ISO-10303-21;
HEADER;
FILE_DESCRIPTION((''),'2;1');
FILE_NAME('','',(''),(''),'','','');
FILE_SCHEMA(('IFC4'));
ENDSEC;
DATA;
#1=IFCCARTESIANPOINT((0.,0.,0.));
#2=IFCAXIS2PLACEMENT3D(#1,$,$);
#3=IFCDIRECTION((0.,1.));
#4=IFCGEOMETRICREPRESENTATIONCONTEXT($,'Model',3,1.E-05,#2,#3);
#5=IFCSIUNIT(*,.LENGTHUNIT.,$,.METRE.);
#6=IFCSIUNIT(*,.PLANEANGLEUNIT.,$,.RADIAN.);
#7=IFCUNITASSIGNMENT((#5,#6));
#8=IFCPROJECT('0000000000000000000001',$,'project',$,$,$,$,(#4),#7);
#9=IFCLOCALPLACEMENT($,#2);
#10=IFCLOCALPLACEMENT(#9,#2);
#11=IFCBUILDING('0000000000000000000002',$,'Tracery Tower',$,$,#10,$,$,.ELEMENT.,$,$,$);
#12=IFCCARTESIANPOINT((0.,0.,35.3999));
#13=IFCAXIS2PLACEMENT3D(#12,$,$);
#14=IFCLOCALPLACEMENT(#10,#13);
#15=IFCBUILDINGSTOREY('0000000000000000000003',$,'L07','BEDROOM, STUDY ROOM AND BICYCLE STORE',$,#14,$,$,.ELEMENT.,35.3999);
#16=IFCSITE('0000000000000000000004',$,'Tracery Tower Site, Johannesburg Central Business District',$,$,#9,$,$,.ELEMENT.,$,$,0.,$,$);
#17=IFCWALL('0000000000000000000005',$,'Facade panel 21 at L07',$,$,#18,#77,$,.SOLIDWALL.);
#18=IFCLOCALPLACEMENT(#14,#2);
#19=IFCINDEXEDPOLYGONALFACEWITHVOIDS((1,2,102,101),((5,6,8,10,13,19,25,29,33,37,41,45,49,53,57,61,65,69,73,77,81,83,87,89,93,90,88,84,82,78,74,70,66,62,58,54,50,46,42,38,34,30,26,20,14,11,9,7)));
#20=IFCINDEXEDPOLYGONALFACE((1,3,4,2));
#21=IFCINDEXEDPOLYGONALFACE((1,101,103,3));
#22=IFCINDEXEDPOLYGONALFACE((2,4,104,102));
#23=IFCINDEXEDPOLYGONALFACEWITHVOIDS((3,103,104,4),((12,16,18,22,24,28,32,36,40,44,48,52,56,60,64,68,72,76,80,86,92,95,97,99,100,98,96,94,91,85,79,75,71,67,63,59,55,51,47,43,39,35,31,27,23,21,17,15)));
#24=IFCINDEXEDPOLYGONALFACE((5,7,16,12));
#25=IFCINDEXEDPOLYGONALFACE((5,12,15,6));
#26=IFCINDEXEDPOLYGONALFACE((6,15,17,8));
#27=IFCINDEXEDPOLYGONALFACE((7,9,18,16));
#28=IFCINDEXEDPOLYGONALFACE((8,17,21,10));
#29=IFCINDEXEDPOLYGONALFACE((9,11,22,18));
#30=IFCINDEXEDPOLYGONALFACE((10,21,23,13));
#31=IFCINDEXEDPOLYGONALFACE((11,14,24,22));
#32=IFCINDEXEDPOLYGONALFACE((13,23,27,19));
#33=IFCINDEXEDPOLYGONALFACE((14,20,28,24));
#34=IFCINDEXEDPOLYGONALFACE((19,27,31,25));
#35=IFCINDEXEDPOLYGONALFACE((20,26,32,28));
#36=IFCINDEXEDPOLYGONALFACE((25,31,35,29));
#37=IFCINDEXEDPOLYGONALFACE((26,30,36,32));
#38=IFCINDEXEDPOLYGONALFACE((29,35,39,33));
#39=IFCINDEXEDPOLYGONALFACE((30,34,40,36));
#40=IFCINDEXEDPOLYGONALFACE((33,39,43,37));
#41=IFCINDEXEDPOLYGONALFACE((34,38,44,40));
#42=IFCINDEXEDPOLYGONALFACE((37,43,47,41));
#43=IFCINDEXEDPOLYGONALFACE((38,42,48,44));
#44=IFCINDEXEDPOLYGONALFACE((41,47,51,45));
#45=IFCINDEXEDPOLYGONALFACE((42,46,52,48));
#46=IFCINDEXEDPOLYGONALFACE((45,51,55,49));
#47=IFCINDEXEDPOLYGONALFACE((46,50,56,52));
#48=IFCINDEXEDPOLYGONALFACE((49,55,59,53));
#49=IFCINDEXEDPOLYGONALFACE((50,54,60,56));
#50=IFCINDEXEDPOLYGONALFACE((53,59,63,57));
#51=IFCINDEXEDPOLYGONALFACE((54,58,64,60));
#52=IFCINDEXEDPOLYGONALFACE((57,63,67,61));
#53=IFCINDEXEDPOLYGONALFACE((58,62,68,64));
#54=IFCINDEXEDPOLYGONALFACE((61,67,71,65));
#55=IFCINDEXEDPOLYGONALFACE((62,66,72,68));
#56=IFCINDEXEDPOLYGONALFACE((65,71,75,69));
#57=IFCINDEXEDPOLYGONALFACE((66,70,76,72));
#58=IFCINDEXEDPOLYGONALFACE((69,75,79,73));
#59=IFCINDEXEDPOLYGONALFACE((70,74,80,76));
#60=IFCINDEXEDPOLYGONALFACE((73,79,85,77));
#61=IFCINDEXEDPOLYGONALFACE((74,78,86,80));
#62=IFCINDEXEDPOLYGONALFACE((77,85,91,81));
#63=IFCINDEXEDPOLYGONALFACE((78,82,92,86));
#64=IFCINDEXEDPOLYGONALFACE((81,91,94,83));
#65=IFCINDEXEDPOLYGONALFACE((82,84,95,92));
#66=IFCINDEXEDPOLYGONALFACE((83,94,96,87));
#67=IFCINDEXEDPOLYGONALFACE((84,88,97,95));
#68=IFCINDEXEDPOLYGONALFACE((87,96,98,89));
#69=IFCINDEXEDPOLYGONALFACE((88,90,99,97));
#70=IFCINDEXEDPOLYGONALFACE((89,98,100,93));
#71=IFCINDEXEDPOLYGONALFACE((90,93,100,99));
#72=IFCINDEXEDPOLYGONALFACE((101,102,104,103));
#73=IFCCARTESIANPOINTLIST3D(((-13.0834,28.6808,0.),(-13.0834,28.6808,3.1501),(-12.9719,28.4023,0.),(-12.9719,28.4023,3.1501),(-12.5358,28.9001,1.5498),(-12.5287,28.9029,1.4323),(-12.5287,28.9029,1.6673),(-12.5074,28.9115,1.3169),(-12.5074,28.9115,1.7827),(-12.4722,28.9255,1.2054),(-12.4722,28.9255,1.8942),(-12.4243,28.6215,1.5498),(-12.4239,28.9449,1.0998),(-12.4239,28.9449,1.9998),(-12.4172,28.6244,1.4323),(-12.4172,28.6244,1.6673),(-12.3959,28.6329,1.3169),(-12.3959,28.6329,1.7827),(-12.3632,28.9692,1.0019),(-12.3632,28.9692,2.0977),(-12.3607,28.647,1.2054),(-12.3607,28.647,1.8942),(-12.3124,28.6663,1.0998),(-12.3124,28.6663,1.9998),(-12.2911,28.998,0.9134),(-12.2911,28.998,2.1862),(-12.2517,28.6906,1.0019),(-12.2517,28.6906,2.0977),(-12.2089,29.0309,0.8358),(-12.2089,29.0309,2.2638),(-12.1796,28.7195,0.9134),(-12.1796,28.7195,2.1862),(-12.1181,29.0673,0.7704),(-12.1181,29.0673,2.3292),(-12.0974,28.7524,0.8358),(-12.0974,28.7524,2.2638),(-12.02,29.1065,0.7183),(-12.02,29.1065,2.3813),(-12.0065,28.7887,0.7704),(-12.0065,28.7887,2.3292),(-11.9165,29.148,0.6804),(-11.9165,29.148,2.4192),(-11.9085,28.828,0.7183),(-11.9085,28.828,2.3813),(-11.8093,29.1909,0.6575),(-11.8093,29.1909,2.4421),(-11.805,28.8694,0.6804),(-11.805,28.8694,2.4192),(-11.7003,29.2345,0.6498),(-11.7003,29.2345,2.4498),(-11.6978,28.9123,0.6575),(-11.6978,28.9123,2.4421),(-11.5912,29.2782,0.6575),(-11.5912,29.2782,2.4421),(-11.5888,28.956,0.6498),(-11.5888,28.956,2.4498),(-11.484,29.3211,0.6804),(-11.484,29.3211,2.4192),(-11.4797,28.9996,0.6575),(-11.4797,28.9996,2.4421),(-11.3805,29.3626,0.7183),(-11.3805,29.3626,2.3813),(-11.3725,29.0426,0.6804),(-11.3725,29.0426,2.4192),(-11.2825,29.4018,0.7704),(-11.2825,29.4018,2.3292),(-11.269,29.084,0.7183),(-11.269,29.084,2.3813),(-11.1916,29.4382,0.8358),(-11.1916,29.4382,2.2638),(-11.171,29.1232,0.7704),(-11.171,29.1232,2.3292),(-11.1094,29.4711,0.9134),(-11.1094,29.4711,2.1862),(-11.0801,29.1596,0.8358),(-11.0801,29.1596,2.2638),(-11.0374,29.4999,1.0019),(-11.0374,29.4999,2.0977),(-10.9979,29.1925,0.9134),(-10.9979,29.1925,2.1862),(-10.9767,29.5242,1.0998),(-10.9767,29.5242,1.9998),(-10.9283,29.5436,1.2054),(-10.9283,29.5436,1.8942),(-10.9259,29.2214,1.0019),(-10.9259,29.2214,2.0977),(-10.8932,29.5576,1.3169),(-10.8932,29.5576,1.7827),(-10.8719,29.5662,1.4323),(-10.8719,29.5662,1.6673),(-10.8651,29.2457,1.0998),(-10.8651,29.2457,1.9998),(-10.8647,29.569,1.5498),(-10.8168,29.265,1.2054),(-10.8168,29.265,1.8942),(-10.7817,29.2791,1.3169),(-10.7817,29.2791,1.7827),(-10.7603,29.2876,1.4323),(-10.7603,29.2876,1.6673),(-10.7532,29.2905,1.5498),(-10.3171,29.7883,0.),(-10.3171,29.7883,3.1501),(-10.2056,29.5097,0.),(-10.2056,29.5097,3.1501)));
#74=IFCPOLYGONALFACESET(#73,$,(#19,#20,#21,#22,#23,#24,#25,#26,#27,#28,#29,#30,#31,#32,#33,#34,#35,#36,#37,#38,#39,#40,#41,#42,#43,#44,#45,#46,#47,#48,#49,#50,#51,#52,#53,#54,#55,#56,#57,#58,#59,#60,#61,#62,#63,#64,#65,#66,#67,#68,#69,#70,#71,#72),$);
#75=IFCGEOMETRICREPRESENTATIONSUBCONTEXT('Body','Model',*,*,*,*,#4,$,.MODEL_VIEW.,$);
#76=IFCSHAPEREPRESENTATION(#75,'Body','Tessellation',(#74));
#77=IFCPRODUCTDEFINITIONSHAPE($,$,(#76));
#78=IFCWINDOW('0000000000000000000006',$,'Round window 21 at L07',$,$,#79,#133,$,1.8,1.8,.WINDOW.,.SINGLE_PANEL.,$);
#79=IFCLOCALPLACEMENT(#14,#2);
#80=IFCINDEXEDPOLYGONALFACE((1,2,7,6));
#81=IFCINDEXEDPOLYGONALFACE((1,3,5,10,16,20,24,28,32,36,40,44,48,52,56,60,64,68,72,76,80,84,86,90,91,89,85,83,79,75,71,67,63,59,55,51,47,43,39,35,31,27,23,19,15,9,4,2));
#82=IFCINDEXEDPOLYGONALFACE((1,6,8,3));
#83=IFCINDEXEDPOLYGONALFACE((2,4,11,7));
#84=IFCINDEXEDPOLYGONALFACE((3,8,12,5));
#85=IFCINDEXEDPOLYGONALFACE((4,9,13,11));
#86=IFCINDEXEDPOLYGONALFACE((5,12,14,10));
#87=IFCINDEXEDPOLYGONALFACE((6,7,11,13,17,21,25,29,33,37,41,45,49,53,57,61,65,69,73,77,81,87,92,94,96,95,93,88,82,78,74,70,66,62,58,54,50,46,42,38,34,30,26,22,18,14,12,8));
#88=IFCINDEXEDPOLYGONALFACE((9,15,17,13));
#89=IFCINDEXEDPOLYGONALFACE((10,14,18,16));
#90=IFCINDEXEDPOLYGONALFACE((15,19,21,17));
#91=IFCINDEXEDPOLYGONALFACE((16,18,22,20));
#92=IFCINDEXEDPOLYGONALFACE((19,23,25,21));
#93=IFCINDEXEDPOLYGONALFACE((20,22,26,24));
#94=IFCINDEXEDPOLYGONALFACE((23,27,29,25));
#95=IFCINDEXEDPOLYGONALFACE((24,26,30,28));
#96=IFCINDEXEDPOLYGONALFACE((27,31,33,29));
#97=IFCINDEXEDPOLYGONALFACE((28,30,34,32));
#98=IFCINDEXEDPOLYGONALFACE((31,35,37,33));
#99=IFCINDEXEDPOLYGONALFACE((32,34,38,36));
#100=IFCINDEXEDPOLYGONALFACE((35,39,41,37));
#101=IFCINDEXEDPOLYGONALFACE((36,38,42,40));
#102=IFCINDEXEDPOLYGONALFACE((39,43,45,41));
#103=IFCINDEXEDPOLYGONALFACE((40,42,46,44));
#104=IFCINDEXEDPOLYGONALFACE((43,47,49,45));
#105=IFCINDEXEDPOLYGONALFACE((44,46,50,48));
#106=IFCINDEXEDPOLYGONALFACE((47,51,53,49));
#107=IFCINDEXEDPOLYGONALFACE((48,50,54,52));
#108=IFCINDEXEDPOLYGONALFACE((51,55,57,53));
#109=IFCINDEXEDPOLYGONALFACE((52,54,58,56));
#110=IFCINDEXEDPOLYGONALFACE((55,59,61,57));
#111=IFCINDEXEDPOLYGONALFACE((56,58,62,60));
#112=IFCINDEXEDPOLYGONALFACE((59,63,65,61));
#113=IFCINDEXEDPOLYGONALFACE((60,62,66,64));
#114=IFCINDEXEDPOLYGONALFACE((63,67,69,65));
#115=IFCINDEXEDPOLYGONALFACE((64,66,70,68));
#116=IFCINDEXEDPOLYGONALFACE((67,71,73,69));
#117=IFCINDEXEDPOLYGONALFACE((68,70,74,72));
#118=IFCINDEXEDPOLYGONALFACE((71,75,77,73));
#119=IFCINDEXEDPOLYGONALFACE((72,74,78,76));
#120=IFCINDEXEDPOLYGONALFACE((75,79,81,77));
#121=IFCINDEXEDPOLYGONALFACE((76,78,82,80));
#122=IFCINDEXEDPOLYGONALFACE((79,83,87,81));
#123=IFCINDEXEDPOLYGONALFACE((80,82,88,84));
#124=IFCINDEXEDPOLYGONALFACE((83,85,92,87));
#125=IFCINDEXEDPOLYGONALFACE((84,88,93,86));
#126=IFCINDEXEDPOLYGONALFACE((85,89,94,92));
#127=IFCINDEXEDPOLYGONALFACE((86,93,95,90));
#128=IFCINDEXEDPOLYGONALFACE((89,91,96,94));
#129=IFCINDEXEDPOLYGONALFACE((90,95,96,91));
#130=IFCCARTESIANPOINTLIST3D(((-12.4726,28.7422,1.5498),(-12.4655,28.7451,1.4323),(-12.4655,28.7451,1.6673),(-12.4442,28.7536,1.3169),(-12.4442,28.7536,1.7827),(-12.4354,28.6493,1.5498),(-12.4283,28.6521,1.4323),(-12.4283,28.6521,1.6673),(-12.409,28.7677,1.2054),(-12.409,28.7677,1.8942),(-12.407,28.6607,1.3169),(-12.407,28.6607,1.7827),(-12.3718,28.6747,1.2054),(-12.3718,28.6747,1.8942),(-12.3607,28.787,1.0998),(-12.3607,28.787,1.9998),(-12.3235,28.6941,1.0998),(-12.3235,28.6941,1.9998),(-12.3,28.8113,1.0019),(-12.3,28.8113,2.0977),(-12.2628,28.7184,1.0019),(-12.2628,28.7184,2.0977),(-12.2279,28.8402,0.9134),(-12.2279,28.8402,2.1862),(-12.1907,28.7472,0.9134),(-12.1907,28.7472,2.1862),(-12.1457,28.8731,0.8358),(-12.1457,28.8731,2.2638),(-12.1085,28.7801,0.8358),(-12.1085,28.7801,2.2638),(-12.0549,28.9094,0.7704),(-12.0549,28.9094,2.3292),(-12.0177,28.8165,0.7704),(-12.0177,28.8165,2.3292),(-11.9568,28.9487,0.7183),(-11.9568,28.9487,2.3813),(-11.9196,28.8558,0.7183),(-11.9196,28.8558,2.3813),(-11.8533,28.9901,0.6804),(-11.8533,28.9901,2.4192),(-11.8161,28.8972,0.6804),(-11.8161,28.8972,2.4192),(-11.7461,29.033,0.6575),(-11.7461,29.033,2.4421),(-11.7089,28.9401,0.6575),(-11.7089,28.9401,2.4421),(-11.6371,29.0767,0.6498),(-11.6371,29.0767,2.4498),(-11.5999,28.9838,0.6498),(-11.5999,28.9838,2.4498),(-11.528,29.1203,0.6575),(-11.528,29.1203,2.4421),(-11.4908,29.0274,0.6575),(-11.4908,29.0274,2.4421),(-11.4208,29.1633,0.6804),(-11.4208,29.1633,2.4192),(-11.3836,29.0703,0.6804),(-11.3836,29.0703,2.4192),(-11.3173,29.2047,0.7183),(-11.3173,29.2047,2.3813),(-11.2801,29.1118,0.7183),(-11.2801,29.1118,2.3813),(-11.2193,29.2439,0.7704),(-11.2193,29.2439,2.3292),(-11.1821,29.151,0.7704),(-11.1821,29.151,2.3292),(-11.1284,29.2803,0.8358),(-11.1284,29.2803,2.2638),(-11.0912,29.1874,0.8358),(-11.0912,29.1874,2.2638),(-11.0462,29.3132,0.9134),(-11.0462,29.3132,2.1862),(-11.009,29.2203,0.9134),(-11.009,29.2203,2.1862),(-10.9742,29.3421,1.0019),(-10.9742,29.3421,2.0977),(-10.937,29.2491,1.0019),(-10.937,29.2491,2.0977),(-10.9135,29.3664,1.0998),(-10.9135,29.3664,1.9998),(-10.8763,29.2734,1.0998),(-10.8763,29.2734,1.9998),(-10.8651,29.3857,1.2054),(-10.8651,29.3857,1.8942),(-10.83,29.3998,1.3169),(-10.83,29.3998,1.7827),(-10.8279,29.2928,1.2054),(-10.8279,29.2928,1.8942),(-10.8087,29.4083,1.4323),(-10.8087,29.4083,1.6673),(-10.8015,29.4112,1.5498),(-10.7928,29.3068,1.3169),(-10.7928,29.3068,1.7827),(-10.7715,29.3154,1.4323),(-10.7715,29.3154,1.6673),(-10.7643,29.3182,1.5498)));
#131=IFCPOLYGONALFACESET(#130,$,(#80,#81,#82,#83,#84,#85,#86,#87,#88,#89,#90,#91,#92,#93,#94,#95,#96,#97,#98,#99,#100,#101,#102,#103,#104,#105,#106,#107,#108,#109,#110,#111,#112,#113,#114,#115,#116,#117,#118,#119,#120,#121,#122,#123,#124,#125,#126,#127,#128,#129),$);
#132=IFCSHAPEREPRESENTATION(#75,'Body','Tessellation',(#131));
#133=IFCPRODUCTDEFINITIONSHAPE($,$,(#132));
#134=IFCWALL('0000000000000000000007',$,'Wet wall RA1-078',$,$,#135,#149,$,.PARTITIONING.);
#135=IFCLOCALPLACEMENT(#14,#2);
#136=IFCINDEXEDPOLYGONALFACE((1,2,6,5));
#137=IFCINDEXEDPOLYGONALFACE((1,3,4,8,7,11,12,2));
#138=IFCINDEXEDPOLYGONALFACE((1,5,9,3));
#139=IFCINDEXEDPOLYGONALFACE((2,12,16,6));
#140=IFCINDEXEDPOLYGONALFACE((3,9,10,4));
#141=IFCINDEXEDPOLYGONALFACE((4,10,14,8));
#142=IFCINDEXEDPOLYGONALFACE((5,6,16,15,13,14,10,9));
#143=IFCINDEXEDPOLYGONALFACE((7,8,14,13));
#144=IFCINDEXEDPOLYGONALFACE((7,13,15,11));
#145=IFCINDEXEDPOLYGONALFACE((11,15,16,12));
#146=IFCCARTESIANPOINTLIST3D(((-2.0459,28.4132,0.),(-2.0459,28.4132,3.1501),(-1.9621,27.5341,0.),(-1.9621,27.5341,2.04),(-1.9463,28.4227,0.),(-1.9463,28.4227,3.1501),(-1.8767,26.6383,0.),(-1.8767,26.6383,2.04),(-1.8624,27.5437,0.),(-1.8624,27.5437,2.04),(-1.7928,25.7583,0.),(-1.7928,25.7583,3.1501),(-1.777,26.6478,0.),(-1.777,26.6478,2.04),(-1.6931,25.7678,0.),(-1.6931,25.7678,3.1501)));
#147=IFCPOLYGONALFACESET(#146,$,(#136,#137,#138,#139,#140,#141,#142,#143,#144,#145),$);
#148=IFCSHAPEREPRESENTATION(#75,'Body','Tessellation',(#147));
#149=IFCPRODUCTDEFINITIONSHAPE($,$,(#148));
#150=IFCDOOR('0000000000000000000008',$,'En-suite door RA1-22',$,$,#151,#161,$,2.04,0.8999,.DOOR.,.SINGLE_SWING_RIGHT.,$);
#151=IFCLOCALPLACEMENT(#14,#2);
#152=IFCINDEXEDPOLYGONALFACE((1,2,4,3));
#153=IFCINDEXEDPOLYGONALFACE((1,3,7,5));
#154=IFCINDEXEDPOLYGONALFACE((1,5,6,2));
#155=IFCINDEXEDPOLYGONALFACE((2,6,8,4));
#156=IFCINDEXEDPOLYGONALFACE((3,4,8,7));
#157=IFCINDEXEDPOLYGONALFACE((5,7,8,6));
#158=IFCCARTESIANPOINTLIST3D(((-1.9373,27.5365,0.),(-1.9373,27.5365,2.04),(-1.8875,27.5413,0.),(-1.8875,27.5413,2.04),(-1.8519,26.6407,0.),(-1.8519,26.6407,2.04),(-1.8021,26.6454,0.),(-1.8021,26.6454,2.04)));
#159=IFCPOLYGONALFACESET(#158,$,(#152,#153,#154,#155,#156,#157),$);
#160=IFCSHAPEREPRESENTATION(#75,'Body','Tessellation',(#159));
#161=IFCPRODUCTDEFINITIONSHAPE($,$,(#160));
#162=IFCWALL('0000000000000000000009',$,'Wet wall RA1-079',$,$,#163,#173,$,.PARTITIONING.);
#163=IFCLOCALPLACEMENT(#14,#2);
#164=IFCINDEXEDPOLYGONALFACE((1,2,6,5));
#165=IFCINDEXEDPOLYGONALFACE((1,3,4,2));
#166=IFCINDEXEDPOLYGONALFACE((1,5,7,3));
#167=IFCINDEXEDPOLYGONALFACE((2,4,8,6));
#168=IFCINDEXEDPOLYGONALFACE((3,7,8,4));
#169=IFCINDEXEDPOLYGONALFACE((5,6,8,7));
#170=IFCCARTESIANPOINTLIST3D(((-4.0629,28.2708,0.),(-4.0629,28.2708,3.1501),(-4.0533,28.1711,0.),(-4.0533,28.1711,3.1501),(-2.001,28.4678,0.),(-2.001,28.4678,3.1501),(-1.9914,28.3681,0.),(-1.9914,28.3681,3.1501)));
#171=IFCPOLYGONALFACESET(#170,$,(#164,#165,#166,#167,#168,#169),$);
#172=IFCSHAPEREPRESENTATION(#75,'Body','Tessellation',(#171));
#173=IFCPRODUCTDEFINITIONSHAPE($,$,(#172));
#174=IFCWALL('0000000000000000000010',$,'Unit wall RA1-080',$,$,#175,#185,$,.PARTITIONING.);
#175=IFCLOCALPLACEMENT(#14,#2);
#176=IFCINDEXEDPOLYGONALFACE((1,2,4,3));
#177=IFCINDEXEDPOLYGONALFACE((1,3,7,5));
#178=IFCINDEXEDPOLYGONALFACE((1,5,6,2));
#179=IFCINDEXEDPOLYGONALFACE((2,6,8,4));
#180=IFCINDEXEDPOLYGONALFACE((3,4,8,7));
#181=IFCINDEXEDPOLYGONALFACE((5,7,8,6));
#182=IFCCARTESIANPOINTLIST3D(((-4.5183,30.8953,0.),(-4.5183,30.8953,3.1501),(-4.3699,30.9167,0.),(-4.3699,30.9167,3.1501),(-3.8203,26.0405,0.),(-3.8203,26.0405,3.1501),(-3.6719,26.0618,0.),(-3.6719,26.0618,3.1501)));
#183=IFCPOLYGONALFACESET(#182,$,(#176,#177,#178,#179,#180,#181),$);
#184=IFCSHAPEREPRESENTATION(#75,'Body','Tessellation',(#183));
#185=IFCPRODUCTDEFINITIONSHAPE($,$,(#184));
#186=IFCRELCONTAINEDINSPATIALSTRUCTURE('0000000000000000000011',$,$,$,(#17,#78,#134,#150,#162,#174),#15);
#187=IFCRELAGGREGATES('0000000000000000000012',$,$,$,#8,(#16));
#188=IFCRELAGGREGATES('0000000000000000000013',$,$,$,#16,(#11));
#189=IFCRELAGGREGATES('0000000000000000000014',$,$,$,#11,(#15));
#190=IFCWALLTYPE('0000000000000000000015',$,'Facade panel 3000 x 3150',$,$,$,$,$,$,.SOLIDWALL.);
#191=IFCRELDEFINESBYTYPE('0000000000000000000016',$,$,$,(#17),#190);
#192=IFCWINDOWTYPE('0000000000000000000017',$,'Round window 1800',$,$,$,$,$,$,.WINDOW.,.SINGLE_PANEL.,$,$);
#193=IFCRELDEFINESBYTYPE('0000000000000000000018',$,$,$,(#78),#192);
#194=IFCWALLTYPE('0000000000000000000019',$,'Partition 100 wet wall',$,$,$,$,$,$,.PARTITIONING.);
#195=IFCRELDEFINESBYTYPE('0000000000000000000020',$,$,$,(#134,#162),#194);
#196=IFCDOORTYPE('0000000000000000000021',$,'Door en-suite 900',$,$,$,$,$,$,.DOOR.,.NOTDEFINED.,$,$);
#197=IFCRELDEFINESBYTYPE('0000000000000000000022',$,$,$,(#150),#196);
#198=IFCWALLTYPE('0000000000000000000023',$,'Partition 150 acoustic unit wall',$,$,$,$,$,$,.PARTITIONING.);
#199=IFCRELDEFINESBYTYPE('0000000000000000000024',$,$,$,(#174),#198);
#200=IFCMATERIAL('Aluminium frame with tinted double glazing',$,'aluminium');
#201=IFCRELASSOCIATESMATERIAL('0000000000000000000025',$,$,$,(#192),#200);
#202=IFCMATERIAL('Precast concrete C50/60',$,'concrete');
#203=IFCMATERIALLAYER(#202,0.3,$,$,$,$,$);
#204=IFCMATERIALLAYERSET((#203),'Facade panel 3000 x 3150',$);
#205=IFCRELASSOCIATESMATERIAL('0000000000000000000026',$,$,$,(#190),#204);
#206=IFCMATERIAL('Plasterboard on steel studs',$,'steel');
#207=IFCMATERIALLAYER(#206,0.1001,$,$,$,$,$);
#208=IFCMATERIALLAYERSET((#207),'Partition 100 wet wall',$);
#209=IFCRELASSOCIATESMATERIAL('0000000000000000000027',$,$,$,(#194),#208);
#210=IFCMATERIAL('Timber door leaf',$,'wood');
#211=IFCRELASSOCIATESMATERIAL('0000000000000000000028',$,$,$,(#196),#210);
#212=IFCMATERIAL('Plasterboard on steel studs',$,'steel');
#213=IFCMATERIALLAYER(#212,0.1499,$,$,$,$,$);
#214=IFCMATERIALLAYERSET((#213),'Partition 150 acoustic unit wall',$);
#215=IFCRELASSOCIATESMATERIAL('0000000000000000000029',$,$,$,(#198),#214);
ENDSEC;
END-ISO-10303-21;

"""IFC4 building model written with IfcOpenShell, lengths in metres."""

from ifc_helpers import new_model, si_unit, direction, frame, frame_2d, origin, origin_2d, place, context, subcontext, project, spatial, rectangle, circle, extrude, material, layer, layer_set, type_object, element, fill, save


model = new_model("IFC4")

# Units and contexts
model_context = context("Model", 3, precision=1e-05, world=origin(), true_north=direction((0.0, 1.0)))
body_context = subcontext(model_context, "Body", "Model", "MODEL_VIEW")
ifc_project = project(units=[si_unit("LENGTHUNIT", "METRE"), si_unit("PLANEANGLEUNIT", "RADIAN")], contexts=[model_context])

# Site, building, storey
site_placement = place(None, origin())
site = spatial("IfcSite", under=ifc_project, at=site_placement, Name="Tracery Tower Site, Johannesburg Central Business District", CompositionType="ELEMENT", RefElevation=0.0)
building_placement = place(site_placement, origin())
building = spatial("IfcBuilding", under=site, at=building_placement, Name="Tracery Tower", CompositionType="ELEMENT")
storey_placement = place(building_placement, frame((0.0, 0.0, 35.3999)))
storey = spatial("IfcBuildingStorey", under=building, at=storey_placement, Name="L07", Description="BEDROOM, STUDY ROOM AND BICYCLE STORE", CompositionType="ELEMENT", Elevation=35.3999)

# Wall, opening, window
ifc_material_1 = material(Name="Aluminium frame with tinted double glazing", Category="aluminium")
window_type = type_object("IfcWindowType", Name="Round window 1800", PartitioningType="SINGLE_PANEL", PredefinedType="WINDOW", material=ifc_material_1)
ifc_material_2 = material(Name="Precast concrete C50/60", Category="concrete")
ifc_layer_1 = layer(ifc_material_2, 0.3)
ifc_layer_set_1 = layer_set([ifc_layer_1], Name="Facade panel 3000 x 3150")
wall_type_1 = type_object("IfcWallType", Name="Facade panel 3000 x 3150", PredefinedType="SOLIDWALL", material=ifc_layer_set_1)
wall_1_placement = place(storey_placement, frame((-10.2615, 29.6489, 0.0), z_axis=(0.0, 0.0, 1.0), x_axis=(-0.928375, -0.371645, 0.0)))
wall_1 = element("IfcWall", 1, at=wall_1_placement, inside=storey, type_object=wall_type_1, Name="Facade panel 21 at L07", PredefinedType="SOLIDWALL", context=body_context, shape_type="SweptSolid", body=[
    extrude(rectangle(XDim=2.9797, YDim=0.3, at=frame_2d((1.4897, 0.0))), origin(), (0.0, 0.0, 1.0), 3.1501),
])
opening_1_placement = place(wall_1_placement, frame((1.4897, 0.0, 1.5498)))
opening_1 = element("IfcOpeningElement", 2, at=opening_1_placement, cuts=wall_1, PredefinedType="OPENING", context=body_context, shape_type="SweptSolid", body=[
    extrude(circle(Radius=0.9, at=origin_2d()), frame((0.0, 0.1599, 0.0), z_axis=(0.0, -1.0, 0.0), x_axis=(1.0, 0.0, 0.0)), (0.0, 0.0, 1.0), 0.3201),
])
window_1_placement = place(opening_1_placement, origin())
window_1 = element("IfcWindow", 3, at=window_1_placement, inside=storey, type_object=window_type, Name="Round window 21 at L07", OverallHeight=1.8, OverallWidth=1.8, PartitioningType="SINGLE_PANEL", PredefinedType="WINDOW", context=body_context, shape_type="SweptSolid", body=[
    extrude(circle(Radius=0.9, at=origin_2d()), frame((0.0, 0.1201, 0.0), z_axis=(0.0, -1.0, 0.0), x_axis=(1.0, 0.0, 0.0)), (0.0, 0.0, 1.0), 0.1001),
])
fill(opening_1, window_1)

# Wall, opening, door
ifc_material_3 = material(Name="Plasterboard on steel studs", Category="steel")
ifc_layer_2 = layer(ifc_material_3, 0.1001)
ifc_layer_set_2 = layer_set([ifc_layer_2], Name="Partition 100 wet wall")
wall_type_2 = type_object("IfcWallType", Name="Partition 100 wet wall", PredefinedType="PARTITIONING", material=ifc_layer_set_2)
wall_2_placement = place(storey_placement, frame((-1.9961, 28.418, 0.0), z_axis=(0.0, 0.0, 1.0), x_axis=(0.094926, -0.995484, 0.0)))
wall_2 = element("IfcWall", 4, at=wall_2_placement, inside=storey, type_object=wall_type_2, Name="Wet wall RA1-078", PredefinedType="PARTITIONING", context=body_context, shape_type="SweptSolid", body=[
    extrude(rectangle(XDim=2.667, YDim=0.1001, at=frame_2d((1.3335, 0.0))), origin(), (0.0, 0.0, 1.0), 3.1501),
])
opening_2_placement = place(wall_2_placement, frame((0.8831, 0.0, 0.0)))
opening_2 = element("IfcOpeningElement", 5, at=opening_2_placement, cuts=wall_2, PredefinedType="OPENING", context=body_context, shape_type="SweptSolid", body=[
    extrude(rectangle(XDim=0.8999, YDim=2.04, at=frame_2d((0.45, 1.02))), frame((0.0, 0.05, 0.0), z_axis=(0.0, -1.0, 0.0), x_axis=(1.0, 0.0, 0.0)), (0.0, 0.0, 1.0), 0.1001),
])
ifc_material_4 = material(Name="Timber door leaf", Category="wood")
door_type = type_object("IfcDoorType", Name="Door en-suite 900", OperationType="NOTDEFINED", PredefinedType="DOOR", material=ifc_material_4)
door_placement = place(opening_2_placement, origin())
door = element("IfcDoor", 6, at=door_placement, inside=storey, type_object=door_type, Name="En-suite door RA1-22", OperationType="SINGLE_SWING_RIGHT", OverallHeight=2.04, OverallWidth=0.8999, PredefinedType="DOOR", context=body_context, shape_type="SweptSolid", body=[
    extrude(rectangle(XDim=0.8999, YDim=2.04, at=frame_2d((0.45, 1.02))), frame((0.0, 0.0249, 0.0), z_axis=(0.0, -1.0, 0.0), x_axis=(1.0, 0.0, 0.0)), (0.0, 0.0, 1.0), 0.05),
])
fill(opening_2, door)

# Walls
wall_3_placement = place(storey_placement, frame((-4.0581, 28.2209, 0.0), z_axis=(0.0, 0.0, 1.0), x_axis=(0.995466, 0.095115, 0.0)))
element("IfcWall", 7, at=wall_3_placement, inside=storey, type_object=wall_type_2, Name="Wet wall RA1-079", PredefinedType="PARTITIONING", context=body_context, shape_type="SweptSolid", body=[
    extrude(rectangle(XDim=2.0713, YDim=0.1001, at=frame_2d((1.0356, 0.0))), origin(), (0.0, 0.0, 1.0), 3.1501),
])
ifc_material_5 = material(Name="Plasterboard on steel studs", Category="steel")
ifc_layer_3 = layer(ifc_material_5, 0.1499)
ifc_layer_set_3 = layer_set([ifc_layer_3], Name="Partition 150 acoustic unit wall")
wall_type_3 = type_object("IfcWallType", Name="Partition 150 acoustic unit wall", PredefinedType="PARTITIONING", material=ifc_layer_set_3)
wall_4_placement = place(storey_placement, frame((-4.4441, 30.906, 0.0), z_axis=(0.0, 0.0, 1.0), x_axis=(0.142306, -0.989823, 0.0)))
element("IfcWall", 8, at=wall_4_placement, inside=storey, type_object=wall_type_3, Name="Unit wall RA1-080", PredefinedType="PARTITIONING", context=body_context, shape_type="SweptSolid", body=[
    extrude(rectangle(XDim=4.9048, YDim=0.1499, at=frame_2d((2.4524, 0.0))), origin(), (0.0, 0.0, 1.0), 3.1501),
])

save(model, "model.ifc")
